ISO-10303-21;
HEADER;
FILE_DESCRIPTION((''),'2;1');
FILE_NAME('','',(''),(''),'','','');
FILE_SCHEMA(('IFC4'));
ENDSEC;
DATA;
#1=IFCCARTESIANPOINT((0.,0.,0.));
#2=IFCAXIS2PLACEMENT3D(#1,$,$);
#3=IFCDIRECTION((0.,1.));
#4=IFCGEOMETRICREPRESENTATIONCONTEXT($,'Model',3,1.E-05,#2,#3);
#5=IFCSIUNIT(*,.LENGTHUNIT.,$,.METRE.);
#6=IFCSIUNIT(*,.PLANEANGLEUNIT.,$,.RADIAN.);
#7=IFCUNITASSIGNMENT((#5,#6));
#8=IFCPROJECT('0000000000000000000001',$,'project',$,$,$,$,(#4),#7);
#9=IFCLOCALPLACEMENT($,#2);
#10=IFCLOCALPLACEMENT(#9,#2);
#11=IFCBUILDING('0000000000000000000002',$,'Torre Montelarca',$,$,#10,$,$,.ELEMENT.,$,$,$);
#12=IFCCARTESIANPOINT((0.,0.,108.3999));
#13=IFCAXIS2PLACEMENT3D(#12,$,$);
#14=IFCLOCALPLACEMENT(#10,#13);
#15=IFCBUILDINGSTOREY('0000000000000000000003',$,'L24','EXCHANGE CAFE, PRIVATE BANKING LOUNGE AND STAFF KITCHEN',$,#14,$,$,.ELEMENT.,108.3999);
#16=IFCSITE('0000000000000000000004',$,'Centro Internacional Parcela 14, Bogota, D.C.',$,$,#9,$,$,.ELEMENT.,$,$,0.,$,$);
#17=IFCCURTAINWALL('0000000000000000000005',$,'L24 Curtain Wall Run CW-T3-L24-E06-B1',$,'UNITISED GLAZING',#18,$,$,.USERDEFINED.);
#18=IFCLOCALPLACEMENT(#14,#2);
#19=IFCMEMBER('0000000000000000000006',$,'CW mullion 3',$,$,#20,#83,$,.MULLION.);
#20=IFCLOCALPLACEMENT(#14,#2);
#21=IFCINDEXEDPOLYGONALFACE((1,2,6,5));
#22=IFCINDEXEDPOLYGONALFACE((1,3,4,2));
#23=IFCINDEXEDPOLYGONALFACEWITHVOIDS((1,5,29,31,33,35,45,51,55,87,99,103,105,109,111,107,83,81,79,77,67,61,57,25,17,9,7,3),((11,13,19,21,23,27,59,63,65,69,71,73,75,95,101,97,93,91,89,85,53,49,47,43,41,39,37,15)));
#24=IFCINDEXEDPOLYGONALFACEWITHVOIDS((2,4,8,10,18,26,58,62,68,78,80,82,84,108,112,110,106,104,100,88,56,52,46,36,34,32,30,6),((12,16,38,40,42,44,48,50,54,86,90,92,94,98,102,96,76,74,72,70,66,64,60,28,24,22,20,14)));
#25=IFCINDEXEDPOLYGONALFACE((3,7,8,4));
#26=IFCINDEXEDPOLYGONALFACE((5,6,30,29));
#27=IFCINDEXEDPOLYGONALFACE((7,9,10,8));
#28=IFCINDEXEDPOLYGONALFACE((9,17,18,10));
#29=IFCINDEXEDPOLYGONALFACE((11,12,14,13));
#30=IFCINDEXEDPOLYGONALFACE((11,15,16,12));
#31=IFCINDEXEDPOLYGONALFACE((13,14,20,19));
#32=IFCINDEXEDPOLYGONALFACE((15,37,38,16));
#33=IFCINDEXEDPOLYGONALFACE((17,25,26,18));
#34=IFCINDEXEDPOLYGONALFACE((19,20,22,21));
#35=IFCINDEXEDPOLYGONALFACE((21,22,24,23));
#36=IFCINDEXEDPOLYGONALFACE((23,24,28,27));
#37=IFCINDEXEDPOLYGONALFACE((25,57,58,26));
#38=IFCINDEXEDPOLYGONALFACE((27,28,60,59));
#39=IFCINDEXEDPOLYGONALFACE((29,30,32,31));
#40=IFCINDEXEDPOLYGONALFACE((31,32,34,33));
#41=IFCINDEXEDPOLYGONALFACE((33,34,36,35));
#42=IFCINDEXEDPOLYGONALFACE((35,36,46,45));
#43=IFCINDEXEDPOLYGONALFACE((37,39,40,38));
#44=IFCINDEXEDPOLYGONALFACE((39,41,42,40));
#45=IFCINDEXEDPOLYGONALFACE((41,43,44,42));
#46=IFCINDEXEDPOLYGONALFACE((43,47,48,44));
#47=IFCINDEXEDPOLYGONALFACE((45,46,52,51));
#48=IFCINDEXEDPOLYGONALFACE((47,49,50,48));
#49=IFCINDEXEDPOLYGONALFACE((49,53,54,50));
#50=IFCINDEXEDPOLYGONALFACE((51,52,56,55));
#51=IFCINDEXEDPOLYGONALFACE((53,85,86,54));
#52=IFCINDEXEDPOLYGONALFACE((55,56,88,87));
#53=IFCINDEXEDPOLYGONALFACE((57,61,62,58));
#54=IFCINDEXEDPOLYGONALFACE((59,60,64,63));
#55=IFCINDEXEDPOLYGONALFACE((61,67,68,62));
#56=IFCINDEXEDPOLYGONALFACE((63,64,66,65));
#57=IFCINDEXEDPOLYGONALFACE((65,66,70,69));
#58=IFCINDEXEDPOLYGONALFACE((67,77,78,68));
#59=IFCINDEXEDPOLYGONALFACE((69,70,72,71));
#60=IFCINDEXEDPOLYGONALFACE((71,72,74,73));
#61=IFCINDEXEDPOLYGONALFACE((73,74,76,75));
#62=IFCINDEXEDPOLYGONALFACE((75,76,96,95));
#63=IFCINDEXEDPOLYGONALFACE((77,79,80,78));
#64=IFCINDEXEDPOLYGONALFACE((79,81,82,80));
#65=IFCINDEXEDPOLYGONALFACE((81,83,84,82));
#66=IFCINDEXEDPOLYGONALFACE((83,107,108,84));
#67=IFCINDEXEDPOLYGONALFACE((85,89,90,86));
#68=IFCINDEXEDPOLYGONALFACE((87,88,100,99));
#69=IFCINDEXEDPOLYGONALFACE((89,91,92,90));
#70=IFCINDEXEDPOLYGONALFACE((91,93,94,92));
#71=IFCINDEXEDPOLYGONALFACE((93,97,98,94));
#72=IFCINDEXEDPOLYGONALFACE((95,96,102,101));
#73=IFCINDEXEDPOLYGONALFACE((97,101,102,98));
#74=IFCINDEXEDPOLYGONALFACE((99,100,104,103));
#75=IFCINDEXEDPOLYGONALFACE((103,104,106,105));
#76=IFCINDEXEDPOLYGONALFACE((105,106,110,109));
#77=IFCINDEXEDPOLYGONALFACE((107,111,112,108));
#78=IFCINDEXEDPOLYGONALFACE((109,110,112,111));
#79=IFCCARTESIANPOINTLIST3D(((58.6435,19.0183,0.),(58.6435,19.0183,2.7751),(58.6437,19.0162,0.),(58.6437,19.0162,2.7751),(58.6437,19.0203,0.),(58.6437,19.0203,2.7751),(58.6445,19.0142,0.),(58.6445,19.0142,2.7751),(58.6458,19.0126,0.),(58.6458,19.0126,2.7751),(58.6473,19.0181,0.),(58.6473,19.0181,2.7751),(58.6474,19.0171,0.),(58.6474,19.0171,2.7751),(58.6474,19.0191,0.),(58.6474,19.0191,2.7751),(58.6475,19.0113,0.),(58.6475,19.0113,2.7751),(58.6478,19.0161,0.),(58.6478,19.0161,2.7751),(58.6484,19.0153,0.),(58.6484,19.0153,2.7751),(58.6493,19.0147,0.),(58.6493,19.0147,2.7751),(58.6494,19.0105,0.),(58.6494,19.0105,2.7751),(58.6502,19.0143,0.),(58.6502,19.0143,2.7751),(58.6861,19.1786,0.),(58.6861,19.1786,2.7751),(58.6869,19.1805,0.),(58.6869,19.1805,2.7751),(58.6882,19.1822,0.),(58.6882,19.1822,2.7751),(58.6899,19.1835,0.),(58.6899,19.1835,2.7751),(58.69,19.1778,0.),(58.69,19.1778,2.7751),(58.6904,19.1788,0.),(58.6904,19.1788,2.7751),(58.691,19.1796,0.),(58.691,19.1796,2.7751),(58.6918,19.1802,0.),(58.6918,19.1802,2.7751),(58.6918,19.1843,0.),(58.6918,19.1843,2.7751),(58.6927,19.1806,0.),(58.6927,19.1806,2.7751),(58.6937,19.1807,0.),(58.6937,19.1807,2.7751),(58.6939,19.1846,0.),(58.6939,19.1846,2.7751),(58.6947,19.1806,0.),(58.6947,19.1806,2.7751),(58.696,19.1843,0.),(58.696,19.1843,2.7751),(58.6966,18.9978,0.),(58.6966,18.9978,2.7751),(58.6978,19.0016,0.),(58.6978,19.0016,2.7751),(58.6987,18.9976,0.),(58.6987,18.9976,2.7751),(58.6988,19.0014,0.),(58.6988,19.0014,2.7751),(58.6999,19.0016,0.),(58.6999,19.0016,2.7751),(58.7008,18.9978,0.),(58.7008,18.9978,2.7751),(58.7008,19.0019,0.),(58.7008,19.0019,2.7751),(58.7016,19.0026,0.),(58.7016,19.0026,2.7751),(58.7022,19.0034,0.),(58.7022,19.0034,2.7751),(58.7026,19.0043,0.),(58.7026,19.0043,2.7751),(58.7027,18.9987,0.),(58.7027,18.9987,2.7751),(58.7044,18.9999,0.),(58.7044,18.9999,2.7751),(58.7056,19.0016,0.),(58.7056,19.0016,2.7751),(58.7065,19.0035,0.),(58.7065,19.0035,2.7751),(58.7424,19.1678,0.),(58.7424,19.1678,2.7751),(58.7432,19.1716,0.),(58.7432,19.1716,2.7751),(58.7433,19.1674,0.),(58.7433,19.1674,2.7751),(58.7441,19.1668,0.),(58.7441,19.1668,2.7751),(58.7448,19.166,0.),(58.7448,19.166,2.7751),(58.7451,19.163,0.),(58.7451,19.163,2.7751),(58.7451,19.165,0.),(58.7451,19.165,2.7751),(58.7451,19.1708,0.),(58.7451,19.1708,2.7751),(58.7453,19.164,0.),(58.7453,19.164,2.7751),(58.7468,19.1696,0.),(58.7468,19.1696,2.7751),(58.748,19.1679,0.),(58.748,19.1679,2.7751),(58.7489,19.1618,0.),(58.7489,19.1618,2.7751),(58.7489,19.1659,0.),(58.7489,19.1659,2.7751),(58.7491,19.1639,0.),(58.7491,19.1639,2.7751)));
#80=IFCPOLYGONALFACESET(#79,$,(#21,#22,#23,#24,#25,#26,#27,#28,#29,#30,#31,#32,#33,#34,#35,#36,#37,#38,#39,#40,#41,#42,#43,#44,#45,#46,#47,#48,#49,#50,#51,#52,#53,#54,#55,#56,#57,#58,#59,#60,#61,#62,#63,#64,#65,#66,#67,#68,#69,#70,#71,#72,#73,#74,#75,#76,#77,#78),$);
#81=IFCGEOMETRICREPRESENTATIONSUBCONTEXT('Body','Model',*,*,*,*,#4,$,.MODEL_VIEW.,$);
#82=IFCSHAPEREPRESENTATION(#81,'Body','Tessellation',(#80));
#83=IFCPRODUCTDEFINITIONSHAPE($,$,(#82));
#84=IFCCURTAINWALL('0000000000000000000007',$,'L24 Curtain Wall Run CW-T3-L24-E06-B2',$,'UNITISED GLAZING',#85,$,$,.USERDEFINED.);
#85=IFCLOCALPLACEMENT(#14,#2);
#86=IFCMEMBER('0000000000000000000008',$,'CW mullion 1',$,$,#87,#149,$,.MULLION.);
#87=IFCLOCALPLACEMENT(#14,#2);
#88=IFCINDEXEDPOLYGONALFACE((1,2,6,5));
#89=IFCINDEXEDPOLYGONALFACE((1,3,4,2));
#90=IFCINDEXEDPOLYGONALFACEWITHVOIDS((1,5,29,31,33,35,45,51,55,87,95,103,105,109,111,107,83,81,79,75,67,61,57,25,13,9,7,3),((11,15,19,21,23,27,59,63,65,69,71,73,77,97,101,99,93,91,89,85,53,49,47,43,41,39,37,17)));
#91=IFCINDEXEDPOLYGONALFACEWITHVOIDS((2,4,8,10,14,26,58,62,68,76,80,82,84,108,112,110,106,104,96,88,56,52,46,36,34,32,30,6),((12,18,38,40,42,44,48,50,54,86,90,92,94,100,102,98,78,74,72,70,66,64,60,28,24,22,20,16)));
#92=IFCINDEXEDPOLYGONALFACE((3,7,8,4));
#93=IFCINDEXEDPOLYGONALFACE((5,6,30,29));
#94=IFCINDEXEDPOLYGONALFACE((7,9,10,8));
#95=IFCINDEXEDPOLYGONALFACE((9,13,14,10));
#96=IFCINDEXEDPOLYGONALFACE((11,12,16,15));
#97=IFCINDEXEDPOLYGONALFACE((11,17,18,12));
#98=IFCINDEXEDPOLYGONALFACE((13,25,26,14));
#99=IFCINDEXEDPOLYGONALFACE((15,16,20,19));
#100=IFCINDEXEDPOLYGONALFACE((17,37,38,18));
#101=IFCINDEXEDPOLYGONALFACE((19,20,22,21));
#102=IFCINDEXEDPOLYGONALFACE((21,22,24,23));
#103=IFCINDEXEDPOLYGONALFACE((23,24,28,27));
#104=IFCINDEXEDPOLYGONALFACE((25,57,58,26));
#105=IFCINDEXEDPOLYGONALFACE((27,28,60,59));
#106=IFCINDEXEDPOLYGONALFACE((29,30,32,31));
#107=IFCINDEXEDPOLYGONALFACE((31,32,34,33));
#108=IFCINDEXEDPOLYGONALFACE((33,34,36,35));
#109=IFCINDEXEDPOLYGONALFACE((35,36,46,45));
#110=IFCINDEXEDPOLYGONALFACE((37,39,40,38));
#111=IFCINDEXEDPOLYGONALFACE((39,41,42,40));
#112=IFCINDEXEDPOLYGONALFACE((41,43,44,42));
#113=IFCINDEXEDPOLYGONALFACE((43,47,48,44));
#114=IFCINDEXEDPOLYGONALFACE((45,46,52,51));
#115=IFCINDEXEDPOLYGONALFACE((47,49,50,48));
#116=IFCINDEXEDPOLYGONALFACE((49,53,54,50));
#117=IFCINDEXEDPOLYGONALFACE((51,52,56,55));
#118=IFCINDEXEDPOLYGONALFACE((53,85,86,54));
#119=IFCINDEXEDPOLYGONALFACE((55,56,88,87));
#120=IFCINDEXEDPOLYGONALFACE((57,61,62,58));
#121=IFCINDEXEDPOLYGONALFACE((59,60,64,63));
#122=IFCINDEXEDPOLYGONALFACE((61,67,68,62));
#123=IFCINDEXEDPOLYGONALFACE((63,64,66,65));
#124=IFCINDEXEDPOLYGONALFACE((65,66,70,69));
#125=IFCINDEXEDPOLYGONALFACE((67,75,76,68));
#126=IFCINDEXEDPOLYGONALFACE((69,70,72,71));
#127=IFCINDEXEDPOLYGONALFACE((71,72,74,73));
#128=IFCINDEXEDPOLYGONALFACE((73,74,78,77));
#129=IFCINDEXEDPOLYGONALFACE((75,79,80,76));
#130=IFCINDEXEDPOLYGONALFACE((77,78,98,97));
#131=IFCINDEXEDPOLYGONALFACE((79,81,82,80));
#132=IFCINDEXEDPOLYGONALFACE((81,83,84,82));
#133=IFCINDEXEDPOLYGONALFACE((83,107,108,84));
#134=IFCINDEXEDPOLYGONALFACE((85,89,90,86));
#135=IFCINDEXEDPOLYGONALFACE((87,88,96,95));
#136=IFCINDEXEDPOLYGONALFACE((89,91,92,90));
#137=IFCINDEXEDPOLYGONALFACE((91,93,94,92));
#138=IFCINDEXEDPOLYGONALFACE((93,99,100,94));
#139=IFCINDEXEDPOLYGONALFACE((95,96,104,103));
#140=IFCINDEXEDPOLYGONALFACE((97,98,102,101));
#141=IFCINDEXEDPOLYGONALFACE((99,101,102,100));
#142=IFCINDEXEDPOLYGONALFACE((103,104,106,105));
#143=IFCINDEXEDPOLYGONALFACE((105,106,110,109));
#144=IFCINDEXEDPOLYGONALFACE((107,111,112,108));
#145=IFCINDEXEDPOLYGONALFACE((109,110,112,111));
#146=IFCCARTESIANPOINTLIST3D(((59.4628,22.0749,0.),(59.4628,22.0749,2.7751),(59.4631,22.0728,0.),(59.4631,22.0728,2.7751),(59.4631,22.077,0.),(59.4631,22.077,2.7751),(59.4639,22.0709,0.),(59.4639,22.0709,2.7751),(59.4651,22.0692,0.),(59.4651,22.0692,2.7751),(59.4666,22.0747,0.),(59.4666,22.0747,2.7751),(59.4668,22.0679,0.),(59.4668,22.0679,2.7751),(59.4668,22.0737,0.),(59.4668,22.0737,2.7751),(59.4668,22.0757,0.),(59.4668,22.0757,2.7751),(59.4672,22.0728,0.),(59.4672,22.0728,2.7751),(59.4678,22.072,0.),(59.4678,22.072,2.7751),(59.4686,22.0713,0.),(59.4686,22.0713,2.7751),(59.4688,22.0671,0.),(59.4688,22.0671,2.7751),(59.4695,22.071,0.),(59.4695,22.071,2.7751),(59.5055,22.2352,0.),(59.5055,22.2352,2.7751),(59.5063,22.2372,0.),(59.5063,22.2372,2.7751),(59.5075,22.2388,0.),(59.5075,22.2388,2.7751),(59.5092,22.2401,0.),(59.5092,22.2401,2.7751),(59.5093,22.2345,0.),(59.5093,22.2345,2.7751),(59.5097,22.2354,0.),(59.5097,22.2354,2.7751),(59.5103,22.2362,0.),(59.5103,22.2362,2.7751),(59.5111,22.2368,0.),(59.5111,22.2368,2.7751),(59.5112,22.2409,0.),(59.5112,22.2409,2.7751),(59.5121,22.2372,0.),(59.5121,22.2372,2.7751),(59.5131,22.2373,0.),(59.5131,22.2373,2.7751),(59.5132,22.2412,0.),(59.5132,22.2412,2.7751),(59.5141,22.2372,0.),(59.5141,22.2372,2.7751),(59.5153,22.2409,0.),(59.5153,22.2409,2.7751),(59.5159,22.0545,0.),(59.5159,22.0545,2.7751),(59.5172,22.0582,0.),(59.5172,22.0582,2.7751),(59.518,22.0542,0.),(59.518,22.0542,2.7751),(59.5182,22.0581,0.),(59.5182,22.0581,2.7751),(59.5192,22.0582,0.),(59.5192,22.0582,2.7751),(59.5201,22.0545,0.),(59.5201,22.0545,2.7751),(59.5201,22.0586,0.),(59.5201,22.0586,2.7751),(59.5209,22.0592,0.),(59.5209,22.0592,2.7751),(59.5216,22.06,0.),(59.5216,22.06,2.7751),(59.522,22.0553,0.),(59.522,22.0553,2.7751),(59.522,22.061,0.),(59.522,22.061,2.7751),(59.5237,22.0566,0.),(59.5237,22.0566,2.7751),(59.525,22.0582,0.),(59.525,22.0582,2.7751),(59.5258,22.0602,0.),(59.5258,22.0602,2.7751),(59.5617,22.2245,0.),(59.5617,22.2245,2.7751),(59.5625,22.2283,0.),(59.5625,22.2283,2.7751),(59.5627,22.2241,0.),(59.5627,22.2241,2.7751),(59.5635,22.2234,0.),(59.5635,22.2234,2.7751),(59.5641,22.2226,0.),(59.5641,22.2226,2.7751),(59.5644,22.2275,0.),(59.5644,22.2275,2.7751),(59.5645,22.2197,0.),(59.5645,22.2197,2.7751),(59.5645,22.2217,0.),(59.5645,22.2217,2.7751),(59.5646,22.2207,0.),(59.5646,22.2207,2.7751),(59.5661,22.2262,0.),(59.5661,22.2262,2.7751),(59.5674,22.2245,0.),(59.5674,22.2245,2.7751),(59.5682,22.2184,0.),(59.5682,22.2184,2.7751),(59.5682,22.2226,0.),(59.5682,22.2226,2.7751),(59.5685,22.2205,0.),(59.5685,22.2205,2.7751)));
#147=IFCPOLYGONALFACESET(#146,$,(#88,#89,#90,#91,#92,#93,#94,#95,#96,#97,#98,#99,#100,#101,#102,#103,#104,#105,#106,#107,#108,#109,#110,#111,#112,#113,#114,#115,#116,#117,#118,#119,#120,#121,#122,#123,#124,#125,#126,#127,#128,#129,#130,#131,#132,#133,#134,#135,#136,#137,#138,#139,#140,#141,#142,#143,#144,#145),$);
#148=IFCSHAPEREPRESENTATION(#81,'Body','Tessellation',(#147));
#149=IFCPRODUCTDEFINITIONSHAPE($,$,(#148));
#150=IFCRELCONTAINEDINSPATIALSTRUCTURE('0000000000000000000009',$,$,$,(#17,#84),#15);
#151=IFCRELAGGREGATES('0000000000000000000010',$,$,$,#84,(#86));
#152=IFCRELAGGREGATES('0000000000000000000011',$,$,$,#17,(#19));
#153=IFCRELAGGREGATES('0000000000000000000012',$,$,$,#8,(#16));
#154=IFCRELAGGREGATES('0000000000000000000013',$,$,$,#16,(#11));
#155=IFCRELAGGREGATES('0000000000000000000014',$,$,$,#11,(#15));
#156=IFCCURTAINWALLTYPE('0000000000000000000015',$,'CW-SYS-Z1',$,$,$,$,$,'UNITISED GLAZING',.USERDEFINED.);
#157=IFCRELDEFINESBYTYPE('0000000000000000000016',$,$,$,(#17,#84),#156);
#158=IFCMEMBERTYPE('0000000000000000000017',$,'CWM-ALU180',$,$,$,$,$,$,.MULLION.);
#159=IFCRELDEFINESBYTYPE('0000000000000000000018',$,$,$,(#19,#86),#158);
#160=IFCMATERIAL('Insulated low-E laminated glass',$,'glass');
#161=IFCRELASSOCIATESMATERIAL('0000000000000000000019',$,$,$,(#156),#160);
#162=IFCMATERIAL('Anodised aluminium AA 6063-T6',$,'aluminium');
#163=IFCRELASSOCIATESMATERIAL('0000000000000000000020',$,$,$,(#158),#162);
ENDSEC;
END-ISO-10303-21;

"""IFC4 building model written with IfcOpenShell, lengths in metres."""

from ifc_helpers import new_model, si_unit, direction, frame, origin, origin_2d, place, context, subcontext, project, spatial, hollow_rectangle, extrude, source, transform, mapped, material, material_profile, profile_set, type_object, element, aggregate, save


model = new_model("IFC4")

# Units and contexts
model_context = context("Model", 3, precision=1e-05, world=origin(), true_north=direction((0.0, 1.0)))
body_context = subcontext(model_context, "Body", "Model", "MODEL_VIEW")
ifc_project = project(units=[si_unit("LENGTHUNIT", "METRE"), si_unit("PLANEANGLEUNIT", "RADIAN")], contexts=[model_context])

# Site, building, storey
site_placement = place(None, origin())
site = spatial("IfcSite", under=ifc_project, at=site_placement, Name="Centro Internacional Parcela 14, Bogota, D.C.", CompositionType="ELEMENT", RefElevation=0.0)
building_placement = place(site_placement, origin())
building = spatial("IfcBuilding", under=site, at=building_placement, Name="Torre Montelarca", CompositionType="ELEMENT")
storey_placement = place(building_placement, frame((0.0, 0.0, 108.3999)))
storey = spatial("IfcBuildingStorey", under=building, at=storey_placement, Name="L24", Description="EXCHANGE CAFE, PRIVATE BANKING LOUNGE AND STAFF KITCHEN", CompositionType="ELEMENT", Elevation=108.3999)

# Curtain wall
ifc_material_1 = material(Name="Insulated low-E laminated glass", Category="glass")
curtain_wall_type = type_object("IfcCurtainWallType", Name="CW-SYS-Z1", ElementType="UNITISED GLAZING", PredefinedType="USERDEFINED", material=ifc_material_1)
curtain_wall_1_placement = place(storey_placement, origin())
curtain_wall_1 = element("IfcCurtainWall", 1, at=curtain_wall_1_placement, inside=storey, type_object=curtain_wall_type, Name="L24 Curtain Wall Run CW-T3-L24-E06-B1", ObjectType="UNITISED GLAZING", PredefinedType="USERDEFINED")
ifc_material_2 = material(Name="Anodised aluminium AA 6063-T6", Category="aluminium")

# Shared definitions
ifc_material_profile_1 = material_profile(ifc_material_2, hollow_rectangle(XDim=0.0649, YDim=0.1799, WallThickness=0.0039, InnerFilletRadius=0.0039, OuterFilletRadius=0.0081, at=origin_2d()), Name="ALU65X180X4", Category="aluminium")
ifc_profile_set_1 = profile_set([ifc_material_profile_1], Name="Anodised aluminium AA 6063-T6")
member_type_1 = type_object("IfcMemberType", Name="CWM-ALU180", PredefinedType="MULLION", material=ifc_profile_set_1)

# Member
shared_shape_1 = source(origin(), body_context, "Body", "SweptSolid", [
    extrude(hollow_rectangle(XDim=0.0649, YDim=0.1799, WallThickness=0.0039, InnerFilletRadius=0.0039, OuterFilletRadius=0.0081, at=origin_2d()), origin(), (0.0, 0.0, 1.0), 2.7751),
])
member_1_placement = place(storey_placement, frame((58.6963, 19.0911, 0.0), z_axis=(0.0, 0.0, 1.0), x_axis=(-0.965927, 0.258813, 0.0)))
member_1 = element("IfcMember", 2, at=member_1_placement, type_object=member_type_1, Name="CW mullion 3", PredefinedType="MULLION", context=body_context, shape_type="MappedRepresentation", body=[
    mapped(shared_shape_1, transform((0.0, 0.0, 0.0), scale=1.0)),
])

# Curtain wall, member
curtain_wall_2_placement = place(storey_placement, origin())
curtain_wall_2 = element("IfcCurtainWall", 3, at=curtain_wall_2_placement, inside=storey, type_object=curtain_wall_type, Name="L24 Curtain Wall Run CW-T3-L24-E06-B2", ObjectType="UNITISED GLAZING", PredefinedType="USERDEFINED")
member_2_placement = place(storey_placement, frame((59.5156, 22.1477, 0.0), z_axis=(0.0, 0.0, 1.0), x_axis=(-0.96593, 0.258803, 0.0)))
member_2 = element("IfcMember", 4, at=member_2_placement, type_object=member_type_1, Name="CW mullion 1", PredefinedType="MULLION", context=body_context, shape_type="MappedRepresentation", body=[
    mapped(shared_shape_1, transform((0.0, 0.0, 0.0), scale=1.0)),
])

aggregate(curtain_wall_2, [member_2])

aggregate(curtain_wall_1, [member_1])

save(model, "model.ifc")
